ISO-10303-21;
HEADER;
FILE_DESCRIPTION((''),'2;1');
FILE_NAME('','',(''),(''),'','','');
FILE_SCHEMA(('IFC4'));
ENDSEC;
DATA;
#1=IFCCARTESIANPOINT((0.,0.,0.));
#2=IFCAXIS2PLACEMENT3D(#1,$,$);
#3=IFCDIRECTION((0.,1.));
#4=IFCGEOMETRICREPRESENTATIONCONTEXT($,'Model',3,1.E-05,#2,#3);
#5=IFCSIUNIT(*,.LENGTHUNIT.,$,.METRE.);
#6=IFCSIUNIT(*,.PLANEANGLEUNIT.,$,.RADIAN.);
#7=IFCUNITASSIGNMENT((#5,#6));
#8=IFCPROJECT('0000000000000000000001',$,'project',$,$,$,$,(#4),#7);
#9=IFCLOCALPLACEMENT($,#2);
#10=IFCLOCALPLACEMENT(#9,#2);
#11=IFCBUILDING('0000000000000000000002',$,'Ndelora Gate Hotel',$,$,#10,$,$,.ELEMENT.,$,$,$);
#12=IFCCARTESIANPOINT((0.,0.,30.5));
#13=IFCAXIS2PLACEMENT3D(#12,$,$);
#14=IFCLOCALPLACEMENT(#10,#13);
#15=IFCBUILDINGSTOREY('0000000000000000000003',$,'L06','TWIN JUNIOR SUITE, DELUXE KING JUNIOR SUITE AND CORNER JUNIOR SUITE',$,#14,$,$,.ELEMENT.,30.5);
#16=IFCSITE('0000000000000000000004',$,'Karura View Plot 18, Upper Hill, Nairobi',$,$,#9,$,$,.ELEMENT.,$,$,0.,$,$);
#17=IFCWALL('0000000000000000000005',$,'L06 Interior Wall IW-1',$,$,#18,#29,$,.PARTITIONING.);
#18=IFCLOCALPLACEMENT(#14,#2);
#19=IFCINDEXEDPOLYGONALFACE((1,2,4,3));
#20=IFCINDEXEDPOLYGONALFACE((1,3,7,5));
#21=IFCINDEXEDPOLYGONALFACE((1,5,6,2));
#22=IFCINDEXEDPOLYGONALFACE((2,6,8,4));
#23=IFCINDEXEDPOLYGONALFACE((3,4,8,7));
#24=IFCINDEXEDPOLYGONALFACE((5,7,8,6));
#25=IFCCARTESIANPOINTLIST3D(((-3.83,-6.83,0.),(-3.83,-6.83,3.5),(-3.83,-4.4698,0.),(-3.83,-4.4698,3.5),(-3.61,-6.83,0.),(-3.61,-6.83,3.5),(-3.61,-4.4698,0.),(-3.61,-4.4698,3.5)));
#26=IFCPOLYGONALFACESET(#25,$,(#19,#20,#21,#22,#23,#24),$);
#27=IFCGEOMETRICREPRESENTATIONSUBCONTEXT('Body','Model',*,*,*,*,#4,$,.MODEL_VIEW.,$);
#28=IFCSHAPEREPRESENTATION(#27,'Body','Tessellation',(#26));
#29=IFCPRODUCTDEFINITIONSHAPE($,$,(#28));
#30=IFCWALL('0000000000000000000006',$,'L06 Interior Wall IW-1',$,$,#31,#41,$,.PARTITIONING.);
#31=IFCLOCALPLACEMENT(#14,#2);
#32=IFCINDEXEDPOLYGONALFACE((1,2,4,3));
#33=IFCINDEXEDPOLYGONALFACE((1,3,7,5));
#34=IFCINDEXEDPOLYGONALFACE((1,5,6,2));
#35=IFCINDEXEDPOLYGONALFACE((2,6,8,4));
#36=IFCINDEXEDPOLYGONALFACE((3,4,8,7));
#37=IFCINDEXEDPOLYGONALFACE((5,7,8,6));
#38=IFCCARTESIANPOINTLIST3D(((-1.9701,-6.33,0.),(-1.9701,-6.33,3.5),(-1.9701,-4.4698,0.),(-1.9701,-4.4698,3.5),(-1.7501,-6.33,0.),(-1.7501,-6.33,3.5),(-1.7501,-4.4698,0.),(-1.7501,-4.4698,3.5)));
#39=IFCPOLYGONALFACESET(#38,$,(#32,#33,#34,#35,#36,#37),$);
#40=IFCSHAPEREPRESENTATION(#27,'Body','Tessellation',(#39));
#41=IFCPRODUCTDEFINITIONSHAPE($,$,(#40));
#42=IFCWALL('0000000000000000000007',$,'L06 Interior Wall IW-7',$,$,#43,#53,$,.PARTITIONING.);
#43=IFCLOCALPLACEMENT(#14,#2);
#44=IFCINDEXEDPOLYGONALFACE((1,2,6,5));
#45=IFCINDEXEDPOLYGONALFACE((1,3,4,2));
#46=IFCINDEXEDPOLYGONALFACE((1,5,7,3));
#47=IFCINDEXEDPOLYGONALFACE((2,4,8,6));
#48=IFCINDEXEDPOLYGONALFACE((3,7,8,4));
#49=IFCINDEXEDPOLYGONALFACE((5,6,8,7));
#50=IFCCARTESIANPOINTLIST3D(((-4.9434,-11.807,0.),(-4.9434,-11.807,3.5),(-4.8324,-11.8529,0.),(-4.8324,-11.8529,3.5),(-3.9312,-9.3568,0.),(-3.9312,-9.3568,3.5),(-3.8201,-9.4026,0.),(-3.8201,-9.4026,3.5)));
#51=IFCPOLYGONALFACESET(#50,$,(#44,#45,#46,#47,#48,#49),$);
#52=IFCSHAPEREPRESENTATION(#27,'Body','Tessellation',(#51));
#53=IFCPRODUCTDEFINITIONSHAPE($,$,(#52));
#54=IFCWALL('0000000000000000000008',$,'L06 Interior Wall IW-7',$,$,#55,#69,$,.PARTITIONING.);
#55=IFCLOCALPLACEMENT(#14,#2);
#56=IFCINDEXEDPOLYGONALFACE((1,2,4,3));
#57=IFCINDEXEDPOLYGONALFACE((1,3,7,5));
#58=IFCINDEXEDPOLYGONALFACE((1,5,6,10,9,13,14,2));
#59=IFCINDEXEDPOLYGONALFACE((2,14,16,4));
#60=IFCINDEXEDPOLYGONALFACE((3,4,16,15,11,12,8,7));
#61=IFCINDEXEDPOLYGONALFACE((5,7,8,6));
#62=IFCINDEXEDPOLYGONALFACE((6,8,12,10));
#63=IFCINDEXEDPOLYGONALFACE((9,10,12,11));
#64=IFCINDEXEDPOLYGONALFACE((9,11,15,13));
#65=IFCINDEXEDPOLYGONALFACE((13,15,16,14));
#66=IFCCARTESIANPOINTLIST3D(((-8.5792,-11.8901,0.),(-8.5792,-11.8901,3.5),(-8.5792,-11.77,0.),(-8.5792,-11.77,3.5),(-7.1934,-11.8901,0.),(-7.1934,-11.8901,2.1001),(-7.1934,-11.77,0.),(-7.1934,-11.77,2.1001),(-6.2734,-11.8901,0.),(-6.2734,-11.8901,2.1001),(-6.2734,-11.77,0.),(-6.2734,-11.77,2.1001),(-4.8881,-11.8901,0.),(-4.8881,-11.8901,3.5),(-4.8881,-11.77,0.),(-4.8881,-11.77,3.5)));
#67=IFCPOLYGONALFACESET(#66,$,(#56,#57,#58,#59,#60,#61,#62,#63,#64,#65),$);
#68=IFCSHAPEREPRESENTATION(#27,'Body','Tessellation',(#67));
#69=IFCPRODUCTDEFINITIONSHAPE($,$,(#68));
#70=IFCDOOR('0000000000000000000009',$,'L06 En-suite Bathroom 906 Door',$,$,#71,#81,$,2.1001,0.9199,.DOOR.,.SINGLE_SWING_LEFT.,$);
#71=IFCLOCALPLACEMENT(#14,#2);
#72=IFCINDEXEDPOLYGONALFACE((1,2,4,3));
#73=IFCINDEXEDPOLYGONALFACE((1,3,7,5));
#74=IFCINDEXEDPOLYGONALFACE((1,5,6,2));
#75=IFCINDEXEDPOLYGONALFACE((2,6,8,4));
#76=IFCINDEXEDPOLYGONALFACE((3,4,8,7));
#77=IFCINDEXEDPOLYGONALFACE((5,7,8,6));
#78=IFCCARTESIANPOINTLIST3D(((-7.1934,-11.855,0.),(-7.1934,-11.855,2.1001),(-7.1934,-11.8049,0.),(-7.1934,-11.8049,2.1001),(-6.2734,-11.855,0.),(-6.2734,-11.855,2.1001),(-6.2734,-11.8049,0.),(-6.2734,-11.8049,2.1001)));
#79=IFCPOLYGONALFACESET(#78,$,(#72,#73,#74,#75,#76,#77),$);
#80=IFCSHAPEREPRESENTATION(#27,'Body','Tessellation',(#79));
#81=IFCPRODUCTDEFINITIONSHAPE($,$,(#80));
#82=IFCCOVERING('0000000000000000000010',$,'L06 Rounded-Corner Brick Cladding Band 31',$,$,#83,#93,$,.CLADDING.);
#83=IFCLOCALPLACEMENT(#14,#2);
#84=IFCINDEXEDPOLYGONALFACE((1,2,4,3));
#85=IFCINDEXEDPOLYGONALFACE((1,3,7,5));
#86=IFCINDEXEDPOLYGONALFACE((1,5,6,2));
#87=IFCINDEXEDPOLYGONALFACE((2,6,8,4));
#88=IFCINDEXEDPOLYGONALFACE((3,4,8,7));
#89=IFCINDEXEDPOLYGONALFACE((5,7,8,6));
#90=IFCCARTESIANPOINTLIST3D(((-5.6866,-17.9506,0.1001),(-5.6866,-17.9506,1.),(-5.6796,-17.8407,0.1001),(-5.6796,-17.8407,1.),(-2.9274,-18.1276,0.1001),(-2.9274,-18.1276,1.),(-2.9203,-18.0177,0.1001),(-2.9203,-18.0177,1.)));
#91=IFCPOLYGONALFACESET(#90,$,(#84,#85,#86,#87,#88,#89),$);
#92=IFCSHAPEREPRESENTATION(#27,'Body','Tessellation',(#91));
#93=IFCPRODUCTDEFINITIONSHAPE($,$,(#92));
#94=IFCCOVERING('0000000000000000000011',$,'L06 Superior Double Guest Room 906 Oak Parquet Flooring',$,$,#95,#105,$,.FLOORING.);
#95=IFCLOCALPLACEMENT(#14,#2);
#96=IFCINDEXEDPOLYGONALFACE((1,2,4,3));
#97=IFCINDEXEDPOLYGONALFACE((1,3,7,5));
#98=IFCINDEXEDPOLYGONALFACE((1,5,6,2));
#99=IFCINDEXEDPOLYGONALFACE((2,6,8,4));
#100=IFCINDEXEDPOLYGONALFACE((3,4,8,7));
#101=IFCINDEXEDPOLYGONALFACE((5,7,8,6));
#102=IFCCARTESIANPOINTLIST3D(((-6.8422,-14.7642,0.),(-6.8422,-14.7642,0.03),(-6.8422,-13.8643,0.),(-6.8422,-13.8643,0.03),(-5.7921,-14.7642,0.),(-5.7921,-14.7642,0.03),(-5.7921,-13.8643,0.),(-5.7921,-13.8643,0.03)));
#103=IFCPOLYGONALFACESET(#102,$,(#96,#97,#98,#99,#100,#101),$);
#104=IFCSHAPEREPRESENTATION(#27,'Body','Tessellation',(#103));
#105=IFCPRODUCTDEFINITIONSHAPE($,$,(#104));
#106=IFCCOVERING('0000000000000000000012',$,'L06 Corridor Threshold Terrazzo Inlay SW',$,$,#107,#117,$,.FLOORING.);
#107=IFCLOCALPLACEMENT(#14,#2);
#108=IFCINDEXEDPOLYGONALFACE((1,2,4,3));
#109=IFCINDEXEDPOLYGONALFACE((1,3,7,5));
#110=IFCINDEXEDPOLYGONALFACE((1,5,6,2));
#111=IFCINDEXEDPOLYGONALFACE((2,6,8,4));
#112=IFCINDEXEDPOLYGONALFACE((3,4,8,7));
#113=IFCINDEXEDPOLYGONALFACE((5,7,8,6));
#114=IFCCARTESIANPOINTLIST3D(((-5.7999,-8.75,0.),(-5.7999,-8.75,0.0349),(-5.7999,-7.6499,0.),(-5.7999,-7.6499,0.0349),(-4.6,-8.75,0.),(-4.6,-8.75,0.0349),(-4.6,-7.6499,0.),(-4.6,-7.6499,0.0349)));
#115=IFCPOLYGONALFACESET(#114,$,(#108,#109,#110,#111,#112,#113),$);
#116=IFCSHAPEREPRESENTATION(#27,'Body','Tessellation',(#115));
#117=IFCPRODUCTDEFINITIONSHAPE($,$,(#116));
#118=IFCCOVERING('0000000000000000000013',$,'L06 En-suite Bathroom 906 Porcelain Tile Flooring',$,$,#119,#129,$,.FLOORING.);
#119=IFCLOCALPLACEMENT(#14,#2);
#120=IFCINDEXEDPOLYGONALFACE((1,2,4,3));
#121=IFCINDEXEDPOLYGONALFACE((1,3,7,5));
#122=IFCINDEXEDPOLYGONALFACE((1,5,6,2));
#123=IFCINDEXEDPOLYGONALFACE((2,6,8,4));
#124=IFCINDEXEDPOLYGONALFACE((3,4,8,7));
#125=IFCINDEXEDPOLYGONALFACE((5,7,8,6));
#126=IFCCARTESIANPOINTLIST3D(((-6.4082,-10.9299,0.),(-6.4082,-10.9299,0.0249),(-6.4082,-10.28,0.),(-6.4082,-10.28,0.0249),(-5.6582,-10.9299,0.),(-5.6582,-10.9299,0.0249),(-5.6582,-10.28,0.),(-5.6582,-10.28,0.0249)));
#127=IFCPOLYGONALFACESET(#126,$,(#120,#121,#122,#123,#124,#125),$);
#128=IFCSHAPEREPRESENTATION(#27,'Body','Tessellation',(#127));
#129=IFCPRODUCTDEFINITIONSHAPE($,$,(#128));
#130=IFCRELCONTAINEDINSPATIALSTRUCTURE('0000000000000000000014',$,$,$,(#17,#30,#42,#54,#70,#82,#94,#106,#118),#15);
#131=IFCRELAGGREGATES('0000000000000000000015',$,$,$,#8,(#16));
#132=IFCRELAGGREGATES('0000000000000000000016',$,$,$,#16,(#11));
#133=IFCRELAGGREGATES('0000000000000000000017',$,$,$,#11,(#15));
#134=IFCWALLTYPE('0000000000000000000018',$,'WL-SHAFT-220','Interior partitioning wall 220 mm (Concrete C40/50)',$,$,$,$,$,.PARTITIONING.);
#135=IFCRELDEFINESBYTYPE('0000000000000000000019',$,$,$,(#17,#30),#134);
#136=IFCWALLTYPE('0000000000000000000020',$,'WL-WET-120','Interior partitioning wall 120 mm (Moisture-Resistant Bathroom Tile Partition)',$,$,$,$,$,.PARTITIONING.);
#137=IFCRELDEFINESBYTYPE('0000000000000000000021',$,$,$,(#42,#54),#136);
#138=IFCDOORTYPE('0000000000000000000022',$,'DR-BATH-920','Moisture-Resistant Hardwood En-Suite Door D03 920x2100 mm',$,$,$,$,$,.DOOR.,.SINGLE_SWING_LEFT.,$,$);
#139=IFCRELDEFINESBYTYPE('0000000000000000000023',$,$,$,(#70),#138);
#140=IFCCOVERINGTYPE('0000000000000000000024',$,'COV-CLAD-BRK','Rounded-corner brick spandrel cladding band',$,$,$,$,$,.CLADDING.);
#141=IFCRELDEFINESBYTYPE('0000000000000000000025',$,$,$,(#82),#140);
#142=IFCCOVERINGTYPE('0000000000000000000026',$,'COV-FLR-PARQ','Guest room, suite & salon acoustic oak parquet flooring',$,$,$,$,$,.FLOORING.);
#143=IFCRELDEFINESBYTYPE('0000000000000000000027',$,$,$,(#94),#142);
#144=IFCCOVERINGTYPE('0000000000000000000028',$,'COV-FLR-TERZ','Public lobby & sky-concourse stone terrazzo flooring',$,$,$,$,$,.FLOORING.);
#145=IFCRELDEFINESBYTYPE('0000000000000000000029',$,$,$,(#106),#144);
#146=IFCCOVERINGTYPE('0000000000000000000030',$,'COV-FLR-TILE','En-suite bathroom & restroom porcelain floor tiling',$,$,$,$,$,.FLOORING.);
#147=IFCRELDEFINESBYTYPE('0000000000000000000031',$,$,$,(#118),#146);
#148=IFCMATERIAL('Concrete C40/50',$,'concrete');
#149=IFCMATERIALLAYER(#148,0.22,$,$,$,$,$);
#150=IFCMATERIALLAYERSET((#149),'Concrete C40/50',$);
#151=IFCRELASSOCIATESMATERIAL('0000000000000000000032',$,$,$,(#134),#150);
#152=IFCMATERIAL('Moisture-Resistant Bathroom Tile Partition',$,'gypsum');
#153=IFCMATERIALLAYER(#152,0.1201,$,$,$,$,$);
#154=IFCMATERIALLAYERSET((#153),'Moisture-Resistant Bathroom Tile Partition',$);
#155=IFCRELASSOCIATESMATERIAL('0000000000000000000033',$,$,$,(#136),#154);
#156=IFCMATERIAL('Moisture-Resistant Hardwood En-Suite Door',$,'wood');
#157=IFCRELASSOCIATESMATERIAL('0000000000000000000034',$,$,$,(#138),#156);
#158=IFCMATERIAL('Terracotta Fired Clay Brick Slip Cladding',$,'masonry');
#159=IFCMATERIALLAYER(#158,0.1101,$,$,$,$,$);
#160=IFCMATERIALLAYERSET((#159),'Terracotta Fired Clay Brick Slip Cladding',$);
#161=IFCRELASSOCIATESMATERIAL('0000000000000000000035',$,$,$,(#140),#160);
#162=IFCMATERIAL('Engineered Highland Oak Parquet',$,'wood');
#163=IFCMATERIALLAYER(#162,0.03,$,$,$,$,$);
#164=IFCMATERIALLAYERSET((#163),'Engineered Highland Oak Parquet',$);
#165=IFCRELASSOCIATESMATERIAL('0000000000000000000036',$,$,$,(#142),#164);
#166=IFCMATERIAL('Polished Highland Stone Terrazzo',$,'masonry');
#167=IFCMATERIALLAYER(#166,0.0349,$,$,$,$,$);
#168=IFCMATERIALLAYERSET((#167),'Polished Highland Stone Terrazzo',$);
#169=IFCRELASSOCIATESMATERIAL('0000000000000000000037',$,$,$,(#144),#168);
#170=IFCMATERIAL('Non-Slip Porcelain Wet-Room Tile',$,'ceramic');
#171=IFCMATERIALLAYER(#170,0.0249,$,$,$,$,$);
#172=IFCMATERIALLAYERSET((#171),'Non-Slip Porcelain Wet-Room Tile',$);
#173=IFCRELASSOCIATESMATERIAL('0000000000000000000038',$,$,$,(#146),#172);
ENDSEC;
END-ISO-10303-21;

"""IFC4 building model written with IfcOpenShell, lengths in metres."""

from ifc_helpers import new_model, si_unit, direction, frame, frame_2d, origin, origin_2d, place, context, subcontext, project, spatial, rectangle, extrude, material, layer, layer_set, type_object, element, fill, save


model = new_model("IFC4")

# Units and contexts
model_context = context("Model", 3, precision=1e-05, world=origin(), true_north=direction((0.0, 1.0)))
body_context = subcontext(model_context, "Body", "Model", "MODEL_VIEW")
ifc_project = project(units=[si_unit("LENGTHUNIT", "METRE"), si_unit("PLANEANGLEUNIT", "RADIAN")], contexts=[model_context])

# Site, building, storey
site_placement = place(None, origin())
site = spatial("IfcSite", under=ifc_project, at=site_placement, Name="Karura View Plot 18, Upper Hill, Nairobi", CompositionType="ELEMENT", RefElevation=0.0)
building_placement = place(site_placement, origin())
building = spatial("IfcBuilding", under=site, at=building_placement, Name="Ndelora Gate Hotel", CompositionType="ELEMENT")
storey_placement = place(building_placement, frame((0.0, 0.0, 30.5)))
storey = spatial("IfcBuildingStorey", under=building, at=storey_placement, Name="L06", Description="TWIN JUNIOR SUITE, DELUXE KING JUNIOR SUITE AND CORNER JUNIOR SUITE", CompositionType="ELEMENT", Elevation=30.5)

# Shared definitions
ifc_material_1 = material(Name="Concrete C40/50", Category="concrete")

# Shared definitions
ifc_layer_1 = layer(ifc_material_1, 0.22)
ifc_layer_set_1 = layer_set([ifc_layer_1], Name="Concrete C40/50")
wall_type_1 = type_object("IfcWallType", Name="WL-SHAFT-220", Description="Interior partitioning wall 220 mm (Concrete C40/50)", PredefinedType="PARTITIONING", material=ifc_layer_set_1)

# Walls
wall_1_placement = place(storey_placement, frame((-3.72, -6.8301, 0.0), z_axis=(0.0, 0.0, 1.0), x_axis=(0.0, 1.0, 0.0)))
element("IfcWall", 1, at=wall_1_placement, inside=storey, type_object=wall_type_1, Name="L06 Interior Wall IW-1", PredefinedType="PARTITIONING", context=body_context, shape_type="SweptSolid", body=[
    extrude(rectangle(XDim=2.3601, YDim=0.22, at=frame_2d((1.1802, 0.0))), origin(), (0.0, 0.0, 1.0), 3.5),
])
wall_2_placement = place(storey_placement, frame((-1.8601, -6.3301, 0.0), z_axis=(0.0, 0.0, 1.0), x_axis=(0.0, 1.0, 0.0)))
element("IfcWall", 2, at=wall_2_placement, inside=storey, type_object=wall_type_1, Name="L06 Interior Wall IW-1", PredefinedType="PARTITIONING", context=body_context, shape_type="SweptSolid", body=[
    extrude(rectangle(XDim=1.8601, YDim=0.22, at=frame_2d((0.9302, 0.0))), origin(), (0.0, 0.0, 1.0), 3.5),
])

# Wall
ifc_material_2 = material(Name="Moisture-Resistant Bathroom Tile Partition", Category="gypsum")
ifc_layer_2 = layer(ifc_material_2, 0.1201)
ifc_layer_set_2 = layer_set([ifc_layer_2], Name="Moisture-Resistant Bathroom Tile Partition")
wall_type_2 = type_object("IfcWallType", Name="WL-WET-120", Description="Interior partitioning wall 120 mm (Moisture-Resistant Bathroom Tile Partition)", PredefinedType="PARTITIONING", material=ifc_layer_set_2)
wall_3_placement = place(storey_placement, frame((-4.8879, -11.8301, 0.0), z_axis=(0.0, 0.0, 1.0), x_axis=(0.381815, 0.924239, 0.0)))
element("IfcWall", 3, at=wall_3_placement, inside=storey, type_object=wall_type_2, Name="L06 Interior Wall IW-7", PredefinedType="PARTITIONING", context=body_context, shape_type="SweptSolid", body=[
    extrude(rectangle(XDim=2.6511, YDim=0.1201, at=frame_2d((1.3257, 0.0))), origin(), (0.0, 0.0, 1.0), 3.5),
])

# Wall, opening, door
wall_4_placement = place(storey_placement, frame((-4.8879, -11.8301, 0.0), z_axis=(0.0, 0.0, 1.0), x_axis=(-1.0, 0.0, 0.0)))
wall_4 = element("IfcWall", 4, at=wall_4_placement, inside=storey, type_object=wall_type_2, Name="L06 Interior Wall IW-7", PredefinedType="PARTITIONING", context=body_context, shape_type="SweptSolid", body=[
    extrude(rectangle(XDim=3.6912, YDim=0.1201, at=frame_2d((1.8457, 0.0))), origin(), (0.0, 0.0, 1.0), 3.5),
])
opening_1_placement = place(wall_4_placement, frame((1.3855, 0.0, 0.0)))
opening_1 = element("IfcOpeningElement", 5, at=opening_1_placement, cuts=wall_4, PredefinedType="OPENING", context=body_context, shape_type="SweptSolid", body=[
    extrude(rectangle(XDim=0.9199, YDim=2.1001, at=frame_2d((0.46, 1.05))), frame((0.0, 0.0701, 0.0), z_axis=(0.0, -1.0, 0.0), x_axis=(1.0, 0.0, 0.0)), (0.0, 0.0, 1.0), 0.1401),
])
ifc_material_3 = material(Name="Moisture-Resistant Hardwood En-Suite Door", Category="wood")
door_type_1 = type_object("IfcDoorType", Name="DR-BATH-920", Description="Moisture-Resistant Hardwood En-Suite Door D03 920x2100 mm", OperationType="SINGLE_SWING_LEFT", PredefinedType="DOOR", material=ifc_material_3)
door_1_placement = place(opening_1_placement, origin())
door_1 = element("IfcDoor", 6, at=door_1_placement, inside=storey, type_object=door_type_1, Name="L06 En-suite Bathroom 906 Door", OperationType="SINGLE_SWING_LEFT", OverallHeight=2.1001, OverallWidth=0.9199, PredefinedType="DOOR", context=body_context, shape_type="SweptSolid", body=[
    extrude(rectangle(XDim=0.9199, YDim=2.1001, at=frame_2d((0.46, 1.05))), frame((0.0, 0.0249, 0.0), z_axis=(0.0, -1.0, 0.0), x_axis=(1.0, 0.0, 0.0)), (0.0, 0.0, 1.0), 0.05),
])
fill(opening_1, door_1)

# Coverings
ifc_material_4 = material(Name="Terracotta Fired Clay Brick Slip Cladding", Category="masonry")
ifc_layer_3 = layer(ifc_material_4, 0.1101)
ifc_layer_set_3 = layer_set([ifc_layer_3], Name="Terracotta Fired Clay Brick Slip Cladding")
covering_type_1 = type_object("IfcCoveringType", Name="COV-CLAD-BRK", Description="Rounded-corner brick spandrel cladding band", PredefinedType="CLADDING", material=ifc_layer_set_3)
covering_1_placement = place(storey_placement, frame((-4.3035, -17.9841, 0.1001), z_axis=(0.0, 0.0, 1.0), x_axis=(-0.997949, 0.06401, 0.0)))
element("IfcCovering", 7, at=covering_1_placement, inside=storey, type_object=covering_type_1, Name="L06 Rounded-Corner Brick Cladding Band 31", PredefinedType="CLADDING", context=body_context, shape_type="SweptSolid", body=[
    extrude(rectangle(XDim=2.7649, YDim=0.1101, at=origin_2d()), origin(), (0.0, 0.0, 1.0), 0.8999),
])
ifc_material_5 = material(Name="Engineered Highland Oak Parquet", Category="wood")
ifc_layer_4 = layer(ifc_material_5, 0.03)
ifc_layer_set_4 = layer_set([ifc_layer_4], Name="Engineered Highland Oak Parquet")
covering_type_2 = type_object("IfcCoveringType", Name="COV-FLR-PARQ", Description="Guest room, suite & salon acoustic oak parquet flooring", PredefinedType="FLOORING", material=ifc_layer_set_4)
covering_2_placement = place(storey_placement, frame((-6.3171, -14.3142, 0.0), z_axis=(0.0, 0.0, 1.0), x_axis=(1.0, 0.0, 0.0)))
element("IfcCovering", 8, at=covering_2_placement, inside=storey, type_object=covering_type_2, Name="L06 Superior Double Guest Room 906 Oak Parquet Flooring", PredefinedType="FLOORING", context=body_context, shape_type="SweptSolid", body=[
    extrude(rectangle(XDim=1.05, YDim=0.8999, at=origin_2d()), origin(), (0.0, 0.0, 1.0), 0.03),
])
ifc_material_6 = material(Name="Polished Highland Stone Terrazzo", Category="masonry")
ifc_layer_5 = layer(ifc_material_6, 0.0349)
ifc_layer_set_5 = layer_set([ifc_layer_5], Name="Polished Highland Stone Terrazzo")
covering_type_3 = type_object("IfcCoveringType", Name="COV-FLR-TERZ", Description="Public lobby & sky-concourse stone terrazzo flooring", PredefinedType="FLOORING", material=ifc_layer_set_5)
covering_3_placement = place(storey_placement, frame((-5.2, -8.2, 0.0), z_axis=(0.0, 0.0, 1.0), x_axis=(1.0, 0.0, 0.0)))
element("IfcCovering", 9, at=covering_3_placement, inside=storey, type_object=covering_type_3, Name="L06 Corridor Threshold Terrazzo Inlay SW", PredefinedType="FLOORING", context=body_context, shape_type="SweptSolid", body=[
    extrude(rectangle(XDim=1.2, YDim=1.1001, at=origin_2d()), origin(), (0.0, 0.0, 1.0), 0.0349),
])
ifc_material_7 = material(Name="Non-Slip Porcelain Wet-Room Tile", Category="ceramic")
ifc_layer_6 = layer(ifc_material_7, 0.0249)
ifc_layer_set_6 = layer_set([ifc_layer_6], Name="Non-Slip Porcelain Wet-Room Tile")
covering_type_4 = type_object("IfcCoveringType", Name="COV-FLR-TILE", Description="En-suite bathroom & restroom porcelain floor tiling", PredefinedType="FLOORING", material=ifc_layer_set_6)
covering_4_placement = place(storey_placement, frame((-6.0332, -10.605, 0.0), z_axis=(0.0, 0.0, 1.0), x_axis=(1.0, 0.0, 0.0)))
element("IfcCovering", 10, at=covering_4_placement, inside=storey, type_object=covering_type_4, Name="L06 En-suite Bathroom 906 Porcelain Tile Flooring", PredefinedType="FLOORING", context=body_context, shape_type="SweptSolid", body=[
    extrude(rectangle(XDim=0.75, YDim=0.6499, at=origin_2d()), origin(), (0.0, 0.0, 1.0), 0.0249),
])

save(model, "model.ifc")
